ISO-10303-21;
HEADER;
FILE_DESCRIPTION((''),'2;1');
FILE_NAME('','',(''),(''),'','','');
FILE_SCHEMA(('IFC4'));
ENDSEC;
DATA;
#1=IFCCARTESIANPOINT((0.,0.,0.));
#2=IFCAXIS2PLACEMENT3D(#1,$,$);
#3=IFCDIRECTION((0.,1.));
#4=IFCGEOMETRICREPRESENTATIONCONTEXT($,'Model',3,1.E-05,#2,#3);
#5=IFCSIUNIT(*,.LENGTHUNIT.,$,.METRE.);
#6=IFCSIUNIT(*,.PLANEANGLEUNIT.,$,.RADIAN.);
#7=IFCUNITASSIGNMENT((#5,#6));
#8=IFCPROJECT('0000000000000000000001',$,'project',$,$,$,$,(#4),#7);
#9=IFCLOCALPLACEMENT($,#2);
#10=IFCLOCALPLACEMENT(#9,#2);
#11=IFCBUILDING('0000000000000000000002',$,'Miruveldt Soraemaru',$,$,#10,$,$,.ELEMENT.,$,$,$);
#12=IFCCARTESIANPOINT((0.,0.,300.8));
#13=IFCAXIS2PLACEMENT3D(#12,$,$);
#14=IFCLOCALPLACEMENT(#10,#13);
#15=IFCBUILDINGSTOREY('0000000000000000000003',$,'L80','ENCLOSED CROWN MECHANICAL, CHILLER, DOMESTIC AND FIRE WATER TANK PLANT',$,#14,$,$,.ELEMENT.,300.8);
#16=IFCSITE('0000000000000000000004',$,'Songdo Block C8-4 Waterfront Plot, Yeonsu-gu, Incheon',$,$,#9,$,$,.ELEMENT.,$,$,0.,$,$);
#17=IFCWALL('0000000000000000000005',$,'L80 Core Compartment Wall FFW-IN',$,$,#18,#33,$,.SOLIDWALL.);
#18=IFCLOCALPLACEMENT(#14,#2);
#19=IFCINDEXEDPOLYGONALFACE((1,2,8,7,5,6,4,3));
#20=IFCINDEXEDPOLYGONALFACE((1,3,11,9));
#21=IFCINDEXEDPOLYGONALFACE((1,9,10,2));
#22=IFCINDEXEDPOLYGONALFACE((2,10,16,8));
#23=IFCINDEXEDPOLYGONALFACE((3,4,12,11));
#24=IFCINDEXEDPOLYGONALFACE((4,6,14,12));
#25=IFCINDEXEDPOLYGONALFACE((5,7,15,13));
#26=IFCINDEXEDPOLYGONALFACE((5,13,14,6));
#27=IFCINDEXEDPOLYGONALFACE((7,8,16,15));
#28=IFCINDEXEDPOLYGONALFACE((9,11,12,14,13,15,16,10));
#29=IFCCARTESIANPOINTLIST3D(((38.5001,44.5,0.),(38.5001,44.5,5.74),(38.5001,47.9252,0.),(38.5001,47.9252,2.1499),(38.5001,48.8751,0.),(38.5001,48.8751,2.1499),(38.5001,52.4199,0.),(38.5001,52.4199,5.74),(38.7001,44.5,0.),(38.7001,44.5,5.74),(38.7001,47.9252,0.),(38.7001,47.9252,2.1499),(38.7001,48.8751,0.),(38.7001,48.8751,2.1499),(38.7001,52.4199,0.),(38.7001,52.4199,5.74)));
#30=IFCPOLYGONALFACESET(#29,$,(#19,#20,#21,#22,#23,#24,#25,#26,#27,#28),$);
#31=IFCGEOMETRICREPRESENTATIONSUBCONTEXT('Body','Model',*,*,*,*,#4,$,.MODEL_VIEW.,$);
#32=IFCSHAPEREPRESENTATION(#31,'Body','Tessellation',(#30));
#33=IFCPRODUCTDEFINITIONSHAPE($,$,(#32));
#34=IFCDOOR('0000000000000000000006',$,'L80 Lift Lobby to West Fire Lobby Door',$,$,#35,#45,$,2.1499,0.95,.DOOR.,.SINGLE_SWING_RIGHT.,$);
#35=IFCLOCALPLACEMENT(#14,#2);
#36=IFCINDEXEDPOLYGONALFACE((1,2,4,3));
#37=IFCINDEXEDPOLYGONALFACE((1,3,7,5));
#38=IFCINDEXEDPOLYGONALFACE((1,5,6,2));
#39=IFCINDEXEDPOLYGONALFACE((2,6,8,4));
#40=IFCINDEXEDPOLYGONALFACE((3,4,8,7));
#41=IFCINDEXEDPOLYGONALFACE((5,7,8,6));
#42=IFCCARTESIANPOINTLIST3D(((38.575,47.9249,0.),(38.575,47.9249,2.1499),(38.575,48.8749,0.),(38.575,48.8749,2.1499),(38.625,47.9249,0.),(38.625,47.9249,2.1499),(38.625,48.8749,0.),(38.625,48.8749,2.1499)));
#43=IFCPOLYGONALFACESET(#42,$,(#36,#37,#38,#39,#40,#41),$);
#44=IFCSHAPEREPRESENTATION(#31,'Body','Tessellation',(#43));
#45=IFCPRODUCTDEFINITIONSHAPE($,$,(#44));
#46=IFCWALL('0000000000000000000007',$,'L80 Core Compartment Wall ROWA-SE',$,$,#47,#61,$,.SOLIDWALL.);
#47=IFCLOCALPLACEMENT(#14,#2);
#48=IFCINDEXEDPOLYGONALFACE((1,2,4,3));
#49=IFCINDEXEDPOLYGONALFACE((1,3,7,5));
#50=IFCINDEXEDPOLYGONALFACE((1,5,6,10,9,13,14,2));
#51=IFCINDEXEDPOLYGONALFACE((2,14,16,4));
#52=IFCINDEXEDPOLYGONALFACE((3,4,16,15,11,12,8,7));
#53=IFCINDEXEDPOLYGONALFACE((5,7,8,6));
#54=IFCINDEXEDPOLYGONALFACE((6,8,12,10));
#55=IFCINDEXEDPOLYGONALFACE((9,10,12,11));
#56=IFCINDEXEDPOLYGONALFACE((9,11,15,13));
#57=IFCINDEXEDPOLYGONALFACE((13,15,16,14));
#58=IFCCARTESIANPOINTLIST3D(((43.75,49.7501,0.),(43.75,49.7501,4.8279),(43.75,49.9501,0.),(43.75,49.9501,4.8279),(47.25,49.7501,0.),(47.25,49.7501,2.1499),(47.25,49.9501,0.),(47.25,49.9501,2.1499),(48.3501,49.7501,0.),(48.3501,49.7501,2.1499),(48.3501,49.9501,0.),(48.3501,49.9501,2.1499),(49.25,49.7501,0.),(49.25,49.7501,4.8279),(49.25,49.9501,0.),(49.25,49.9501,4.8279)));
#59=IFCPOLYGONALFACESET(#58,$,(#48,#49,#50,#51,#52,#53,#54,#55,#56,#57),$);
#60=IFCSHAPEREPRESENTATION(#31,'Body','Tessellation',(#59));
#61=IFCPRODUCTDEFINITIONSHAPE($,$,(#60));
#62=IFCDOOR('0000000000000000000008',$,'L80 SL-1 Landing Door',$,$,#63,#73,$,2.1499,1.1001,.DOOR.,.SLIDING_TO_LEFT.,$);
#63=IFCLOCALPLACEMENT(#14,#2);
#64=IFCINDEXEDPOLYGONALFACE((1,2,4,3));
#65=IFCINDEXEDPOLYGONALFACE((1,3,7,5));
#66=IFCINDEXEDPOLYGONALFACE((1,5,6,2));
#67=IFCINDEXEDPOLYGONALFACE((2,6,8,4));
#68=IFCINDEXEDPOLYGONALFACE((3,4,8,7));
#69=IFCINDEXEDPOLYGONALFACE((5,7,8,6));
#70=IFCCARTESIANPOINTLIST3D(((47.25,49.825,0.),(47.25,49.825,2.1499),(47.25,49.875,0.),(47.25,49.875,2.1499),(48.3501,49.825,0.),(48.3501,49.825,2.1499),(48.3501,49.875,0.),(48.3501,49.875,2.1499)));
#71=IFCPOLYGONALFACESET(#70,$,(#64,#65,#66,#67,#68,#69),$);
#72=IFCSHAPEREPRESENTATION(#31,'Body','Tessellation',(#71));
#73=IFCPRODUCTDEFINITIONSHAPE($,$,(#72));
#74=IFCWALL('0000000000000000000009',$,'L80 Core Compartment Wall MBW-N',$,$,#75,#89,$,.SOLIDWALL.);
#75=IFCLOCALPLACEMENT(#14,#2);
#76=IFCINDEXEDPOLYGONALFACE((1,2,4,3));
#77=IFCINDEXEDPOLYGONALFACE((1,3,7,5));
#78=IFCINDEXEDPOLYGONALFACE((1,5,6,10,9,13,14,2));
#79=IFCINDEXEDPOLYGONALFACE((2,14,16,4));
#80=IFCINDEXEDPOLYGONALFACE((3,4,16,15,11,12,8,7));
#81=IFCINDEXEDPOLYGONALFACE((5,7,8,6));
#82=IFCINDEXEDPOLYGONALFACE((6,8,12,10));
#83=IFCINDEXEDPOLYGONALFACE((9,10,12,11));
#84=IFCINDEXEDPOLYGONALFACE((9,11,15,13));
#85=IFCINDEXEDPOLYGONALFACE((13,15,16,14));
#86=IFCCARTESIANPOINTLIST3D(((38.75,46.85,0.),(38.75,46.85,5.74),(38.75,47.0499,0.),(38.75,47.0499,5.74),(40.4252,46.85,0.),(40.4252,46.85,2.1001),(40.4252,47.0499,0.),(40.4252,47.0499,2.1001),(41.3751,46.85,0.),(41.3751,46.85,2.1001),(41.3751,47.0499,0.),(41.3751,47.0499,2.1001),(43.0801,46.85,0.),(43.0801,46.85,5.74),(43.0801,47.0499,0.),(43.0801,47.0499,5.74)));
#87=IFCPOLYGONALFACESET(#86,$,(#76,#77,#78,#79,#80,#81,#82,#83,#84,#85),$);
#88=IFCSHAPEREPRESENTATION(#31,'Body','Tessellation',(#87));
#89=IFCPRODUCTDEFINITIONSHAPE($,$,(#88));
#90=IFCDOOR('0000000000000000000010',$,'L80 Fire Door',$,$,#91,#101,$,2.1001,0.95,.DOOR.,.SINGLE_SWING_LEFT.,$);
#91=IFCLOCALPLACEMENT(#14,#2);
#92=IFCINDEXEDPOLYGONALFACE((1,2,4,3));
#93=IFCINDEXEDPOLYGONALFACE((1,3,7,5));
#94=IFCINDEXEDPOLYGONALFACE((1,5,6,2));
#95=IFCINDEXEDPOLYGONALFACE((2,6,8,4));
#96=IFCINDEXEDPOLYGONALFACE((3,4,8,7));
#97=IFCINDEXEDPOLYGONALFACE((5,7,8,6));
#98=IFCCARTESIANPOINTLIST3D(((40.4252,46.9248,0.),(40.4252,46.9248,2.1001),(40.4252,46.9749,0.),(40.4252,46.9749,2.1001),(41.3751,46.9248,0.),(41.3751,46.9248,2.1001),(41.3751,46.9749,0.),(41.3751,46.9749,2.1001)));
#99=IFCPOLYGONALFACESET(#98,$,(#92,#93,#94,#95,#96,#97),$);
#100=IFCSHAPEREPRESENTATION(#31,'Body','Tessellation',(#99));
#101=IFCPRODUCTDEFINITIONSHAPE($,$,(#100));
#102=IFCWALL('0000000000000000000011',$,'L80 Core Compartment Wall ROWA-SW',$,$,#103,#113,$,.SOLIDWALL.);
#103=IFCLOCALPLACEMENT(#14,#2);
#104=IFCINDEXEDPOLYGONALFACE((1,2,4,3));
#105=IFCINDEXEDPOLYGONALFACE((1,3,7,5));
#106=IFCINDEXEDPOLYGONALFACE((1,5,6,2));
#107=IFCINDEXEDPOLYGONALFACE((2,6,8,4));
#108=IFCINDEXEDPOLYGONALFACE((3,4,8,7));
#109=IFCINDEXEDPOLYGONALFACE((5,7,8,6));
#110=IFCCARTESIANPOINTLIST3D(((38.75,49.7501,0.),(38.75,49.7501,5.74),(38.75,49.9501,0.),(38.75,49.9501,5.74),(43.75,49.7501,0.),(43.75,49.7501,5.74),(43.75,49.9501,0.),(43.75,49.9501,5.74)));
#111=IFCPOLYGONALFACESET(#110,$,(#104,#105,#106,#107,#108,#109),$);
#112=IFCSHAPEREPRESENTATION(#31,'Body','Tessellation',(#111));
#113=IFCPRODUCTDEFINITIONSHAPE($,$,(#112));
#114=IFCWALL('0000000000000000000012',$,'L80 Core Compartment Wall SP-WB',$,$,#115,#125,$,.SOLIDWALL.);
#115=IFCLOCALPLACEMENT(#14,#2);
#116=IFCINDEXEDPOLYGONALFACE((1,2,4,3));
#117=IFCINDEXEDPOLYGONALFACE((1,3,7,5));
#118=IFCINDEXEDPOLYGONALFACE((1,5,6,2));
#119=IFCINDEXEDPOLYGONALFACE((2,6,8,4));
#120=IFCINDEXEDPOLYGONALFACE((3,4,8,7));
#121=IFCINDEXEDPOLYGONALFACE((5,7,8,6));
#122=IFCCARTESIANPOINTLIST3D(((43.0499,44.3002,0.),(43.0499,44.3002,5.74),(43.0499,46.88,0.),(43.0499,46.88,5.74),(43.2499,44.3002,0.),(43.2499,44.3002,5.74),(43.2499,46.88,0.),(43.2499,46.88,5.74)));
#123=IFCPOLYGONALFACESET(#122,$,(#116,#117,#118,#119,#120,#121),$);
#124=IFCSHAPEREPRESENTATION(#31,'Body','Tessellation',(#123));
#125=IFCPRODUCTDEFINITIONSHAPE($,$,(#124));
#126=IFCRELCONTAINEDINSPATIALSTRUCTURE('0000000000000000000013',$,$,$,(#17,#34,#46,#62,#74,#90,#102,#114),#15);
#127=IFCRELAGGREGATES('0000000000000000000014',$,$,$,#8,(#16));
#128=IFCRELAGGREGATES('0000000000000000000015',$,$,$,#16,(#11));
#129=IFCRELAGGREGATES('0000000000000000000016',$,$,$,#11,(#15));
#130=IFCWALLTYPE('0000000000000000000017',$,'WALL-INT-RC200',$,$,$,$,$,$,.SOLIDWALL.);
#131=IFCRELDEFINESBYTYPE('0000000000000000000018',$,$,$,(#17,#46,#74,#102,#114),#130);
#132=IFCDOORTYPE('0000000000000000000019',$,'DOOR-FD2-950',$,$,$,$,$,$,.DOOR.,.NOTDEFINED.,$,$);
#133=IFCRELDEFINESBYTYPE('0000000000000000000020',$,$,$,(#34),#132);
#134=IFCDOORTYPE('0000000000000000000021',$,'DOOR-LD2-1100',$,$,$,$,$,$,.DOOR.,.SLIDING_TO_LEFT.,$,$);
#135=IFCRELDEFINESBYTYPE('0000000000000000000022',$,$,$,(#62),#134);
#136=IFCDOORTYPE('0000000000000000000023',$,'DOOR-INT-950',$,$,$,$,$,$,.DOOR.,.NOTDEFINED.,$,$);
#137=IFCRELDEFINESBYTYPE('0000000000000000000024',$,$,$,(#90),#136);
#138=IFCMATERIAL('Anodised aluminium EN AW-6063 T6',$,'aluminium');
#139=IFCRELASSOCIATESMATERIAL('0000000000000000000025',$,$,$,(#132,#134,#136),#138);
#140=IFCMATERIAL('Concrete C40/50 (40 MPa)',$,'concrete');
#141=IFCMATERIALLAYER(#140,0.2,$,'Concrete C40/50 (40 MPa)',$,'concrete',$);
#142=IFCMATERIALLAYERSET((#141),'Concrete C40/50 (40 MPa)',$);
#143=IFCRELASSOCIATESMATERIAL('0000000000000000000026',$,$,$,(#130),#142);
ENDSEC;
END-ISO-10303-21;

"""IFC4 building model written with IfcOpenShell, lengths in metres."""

from ifc_helpers import new_model, si_unit, direction, frame, frame_2d, origin, place, context, subcontext, project, spatial, rectangle, extrude, material, layer, layer_set, type_object, element, fill, save


model = new_model("IFC4")

# Units and contexts
model_context = context("Model", 3, precision=1e-05, world=origin(), true_north=direction((0.0, 1.0)))
body_context = subcontext(model_context, "Body", "Model", "MODEL_VIEW")
ifc_project = project(units=[si_unit("LENGTHUNIT", "METRE"), si_unit("PLANEANGLEUNIT", "RADIAN")], contexts=[model_context])

# Site, building, storey
site_placement = place(None, origin())
site = spatial("IfcSite", under=ifc_project, at=site_placement, Name="Songdo Block C8-4 Waterfront Plot, Yeonsu-gu, Incheon", CompositionType="ELEMENT", RefElevation=0.0)
building_placement = place(site_placement, origin())
building = spatial("IfcBuilding", under=site, at=building_placement, Name="Miruveldt Soraemaru", CompositionType="ELEMENT")
storey_placement = place(building_placement, frame((0.0, 0.0, 300.8)))
storey = spatial("IfcBuildingStorey", under=building, at=storey_placement, Name="L80", Description="ENCLOSED CROWN MECHANICAL, CHILLER, DOMESTIC AND FIRE WATER TANK PLANT", CompositionType="ELEMENT", Elevation=300.8)

# Shared definitions
ifc_material_1 = material(Name="Concrete C40/50 (40 MPa)", Category="concrete")
ifc_material_2 = material(Name="Anodised aluminium EN AW-6063 T6", Category="aluminium")
door_type_1 = type_object("IfcDoorType", Name="DOOR-FD2-950", OperationType="NOTDEFINED", PredefinedType="DOOR", material=ifc_material_2)

# Walls, openings, doors
ifc_layer_1 = layer(ifc_material_1, 0.2, Name="Concrete C40/50 (40 MPa)", Category="concrete")
ifc_layer_set_1 = layer_set([ifc_layer_1], Name="Concrete C40/50 (40 MPa)")
wall_type_1 = type_object("IfcWallType", Name="WALL-INT-RC200", PredefinedType="SOLIDWALL", material=ifc_layer_set_1)
wall_1_placement = place(storey_placement, frame((38.6001, 44.5, 0.0), z_axis=(0.0, 0.0, 1.0), x_axis=(0.0, 1.0, 0.0)))
wall_1 = element("IfcWall", 1, at=wall_1_placement, inside=storey, type_object=wall_type_1, Name="L80 Core Compartment Wall FFW-IN", PredefinedType="SOLIDWALL", context=body_context, shape_type="SweptSolid", body=[
    extrude(rectangle(XDim=7.9199, YDim=0.2, at=frame_2d((3.96, 0.0))), origin(), (0.0, 0.0, 1.0), 5.74),
])
opening_1_placement = place(wall_1_placement, frame((3.425, 0.0, 0.0)))
opening_1 = element("IfcOpeningElement", 2, at=opening_1_placement, cuts=wall_1, PredefinedType="OPENING", context=body_context, shape_type="SweptSolid", body=[
    extrude(rectangle(XDim=0.95, YDim=2.1499, at=frame_2d((0.4751, 1.075))), frame((0.0, 0.1099, 0.0), z_axis=(0.0, -1.0, 0.0), x_axis=(1.0, 0.0, 0.0)), (0.0, 0.0, 1.0), 0.22),
])
door_1_placement = place(opening_1_placement, frame((0.95, 0.0, 0.0), z_axis=(0.0, 0.0, 1.0), x_axis=(-1.0, 0.0, 0.0)))
door_1 = element("IfcDoor", 3, at=door_1_placement, inside=storey, type_object=door_type_1, Name="L80 Lift Lobby to West Fire Lobby Door", OperationType="SINGLE_SWING_RIGHT", OverallHeight=2.1499, OverallWidth=0.95, PredefinedType="DOOR", context=body_context, shape_type="SweptSolid", body=[
    extrude(rectangle(XDim=0.95, YDim=2.1499, at=frame_2d((0.4751, 1.075))), frame((0.0, 0.0249, 0.0), z_axis=(0.0, -1.0, 0.0), x_axis=(1.0, 0.0, 0.0)), (0.0, 0.0, 1.0), 0.05),
])
fill(opening_1, door_1)
wall_2_placement = place(storey_placement, frame((43.75, 49.8501, 0.0), z_axis=(0.0, 0.0, 1.0), x_axis=(1.0, 0.0, 0.0)))
wall_2 = element("IfcWall", 4, at=wall_2_placement, inside=storey, type_object=wall_type_1, Name="L80 Core Compartment Wall ROWA-SE", PredefinedType="SOLIDWALL", context=body_context, shape_type="SweptSolid", body=[
    extrude(rectangle(XDim=5.5, YDim=0.2, at=frame_2d((2.75, 0.0))), origin(), (0.0, 0.0, 1.0), 4.8279),
])
opening_2_placement = place(wall_2_placement, frame((3.5, 0.0, 0.0)))
opening_2 = element("IfcOpeningElement", 5, at=opening_2_placement, cuts=wall_2, PredefinedType="OPENING", context=body_context, shape_type="SweptSolid", body=[
    extrude(rectangle(XDim=1.1001, YDim=2.1499, at=frame_2d((0.55, 1.075))), frame((0.0, 0.1099, 0.0), z_axis=(0.0, -1.0, 0.0), x_axis=(1.0, 0.0, 0.0)), (0.0, 0.0, 1.0), 0.22),
])
door_type_2 = type_object("IfcDoorType", Name="DOOR-LD2-1100", OperationType="SLIDING_TO_LEFT", PredefinedType="DOOR", material=ifc_material_2)
door_2_placement = place(opening_2_placement, origin())
door_2 = element("IfcDoor", 6, at=door_2_placement, inside=storey, type_object=door_type_2, Name="L80 SL-1 Landing Door", OperationType="SLIDING_TO_LEFT", OverallHeight=2.1499, OverallWidth=1.1001, PredefinedType="DOOR", context=body_context, shape_type="SweptSolid", body=[
    extrude(rectangle(XDim=1.1001, YDim=2.1499, at=frame_2d((0.55, 1.075))), frame((0.0, 0.0249, 0.0), z_axis=(0.0, -1.0, 0.0), x_axis=(1.0, 0.0, 0.0)), (0.0, 0.0, 1.0), 0.05),
])
fill(opening_2, door_2)
wall_3_placement = place(storey_placement, frame((38.75, 46.95, 0.0), z_axis=(0.0, 0.0, 1.0), x_axis=(1.0, 0.0, 0.0)))
wall_3 = element("IfcWall", 7, at=wall_3_placement, inside=storey, type_object=wall_type_1, Name="L80 Core Compartment Wall MBW-N", PredefinedType="SOLIDWALL", context=body_context, shape_type="SweptSolid", body=[
    extrude(rectangle(XDim=4.3301, YDim=0.2, at=frame_2d((2.165, 0.0))), origin(), (0.0, 0.0, 1.0), 5.74),
])
opening_3_placement = place(wall_3_placement, frame((1.675, 0.0, 0.0)))
opening_3 = element("IfcOpeningElement", 8, at=opening_3_placement, cuts=wall_3, PredefinedType="OPENING", context=body_context, shape_type="SweptSolid", body=[
    extrude(rectangle(XDim=0.95, YDim=2.1001, at=frame_2d((0.4751, 1.05))), frame((0.0, 0.1099, 0.0), z_axis=(0.0, -1.0, 0.0), x_axis=(1.0, 0.0, 0.0)), (0.0, 0.0, 1.0), 0.22),
])
door_type_3 = type_object("IfcDoorType", Name="DOOR-INT-950", OperationType="NOTDEFINED", PredefinedType="DOOR", material=ifc_material_2)
door_3_placement = place(opening_3_placement, origin())
door_3 = element("IfcDoor", 9, at=door_3_placement, inside=storey, type_object=door_type_3, Name="L80 Fire Door", OperationType="SINGLE_SWING_LEFT", OverallHeight=2.1001, OverallWidth=0.95, PredefinedType="DOOR", context=body_context, shape_type="SweptSolid", body=[
    extrude(rectangle(XDim=0.95, YDim=2.1001, at=frame_2d((0.4751, 1.05))), frame((0.0, 0.0249, 0.0), z_axis=(0.0, -1.0, 0.0), x_axis=(1.0, 0.0, 0.0)), (0.0, 0.0, 1.0), 0.05),
])
fill(opening_3, door_3)

# Walls
wall_4_placement = place(storey_placement, frame((38.75, 49.8501, 0.0), z_axis=(0.0, 0.0, 1.0), x_axis=(1.0, 0.0, 0.0)))
element("IfcWall", 10, at=wall_4_placement, inside=storey, type_object=wall_type_1, Name="L80 Core Compartment Wall ROWA-SW", PredefinedType="SOLIDWALL", context=body_context, shape_type="SweptSolid", body=[
    extrude(rectangle(XDim=5.0, YDim=0.2, at=frame_2d((2.5, 0.0))), origin(), (0.0, 0.0, 1.0), 5.74),
])
wall_5_placement = place(storey_placement, frame((43.1499, 44.3, 0.0), z_axis=(0.0, 0.0, 1.0), x_axis=(0.0, 1.0, 0.0)))
element("IfcWall", 11, at=wall_5_placement, inside=storey, type_object=wall_type_1, Name="L80 Core Compartment Wall SP-WB", PredefinedType="SOLIDWALL", context=body_context, shape_type="SweptSolid", body=[
    extrude(rectangle(XDim=2.5798, YDim=0.2, at=frame_2d((1.29, 0.0))), origin(), (0.0, 0.0, 1.0), 5.74),
])

save(model, "model.ifc")
